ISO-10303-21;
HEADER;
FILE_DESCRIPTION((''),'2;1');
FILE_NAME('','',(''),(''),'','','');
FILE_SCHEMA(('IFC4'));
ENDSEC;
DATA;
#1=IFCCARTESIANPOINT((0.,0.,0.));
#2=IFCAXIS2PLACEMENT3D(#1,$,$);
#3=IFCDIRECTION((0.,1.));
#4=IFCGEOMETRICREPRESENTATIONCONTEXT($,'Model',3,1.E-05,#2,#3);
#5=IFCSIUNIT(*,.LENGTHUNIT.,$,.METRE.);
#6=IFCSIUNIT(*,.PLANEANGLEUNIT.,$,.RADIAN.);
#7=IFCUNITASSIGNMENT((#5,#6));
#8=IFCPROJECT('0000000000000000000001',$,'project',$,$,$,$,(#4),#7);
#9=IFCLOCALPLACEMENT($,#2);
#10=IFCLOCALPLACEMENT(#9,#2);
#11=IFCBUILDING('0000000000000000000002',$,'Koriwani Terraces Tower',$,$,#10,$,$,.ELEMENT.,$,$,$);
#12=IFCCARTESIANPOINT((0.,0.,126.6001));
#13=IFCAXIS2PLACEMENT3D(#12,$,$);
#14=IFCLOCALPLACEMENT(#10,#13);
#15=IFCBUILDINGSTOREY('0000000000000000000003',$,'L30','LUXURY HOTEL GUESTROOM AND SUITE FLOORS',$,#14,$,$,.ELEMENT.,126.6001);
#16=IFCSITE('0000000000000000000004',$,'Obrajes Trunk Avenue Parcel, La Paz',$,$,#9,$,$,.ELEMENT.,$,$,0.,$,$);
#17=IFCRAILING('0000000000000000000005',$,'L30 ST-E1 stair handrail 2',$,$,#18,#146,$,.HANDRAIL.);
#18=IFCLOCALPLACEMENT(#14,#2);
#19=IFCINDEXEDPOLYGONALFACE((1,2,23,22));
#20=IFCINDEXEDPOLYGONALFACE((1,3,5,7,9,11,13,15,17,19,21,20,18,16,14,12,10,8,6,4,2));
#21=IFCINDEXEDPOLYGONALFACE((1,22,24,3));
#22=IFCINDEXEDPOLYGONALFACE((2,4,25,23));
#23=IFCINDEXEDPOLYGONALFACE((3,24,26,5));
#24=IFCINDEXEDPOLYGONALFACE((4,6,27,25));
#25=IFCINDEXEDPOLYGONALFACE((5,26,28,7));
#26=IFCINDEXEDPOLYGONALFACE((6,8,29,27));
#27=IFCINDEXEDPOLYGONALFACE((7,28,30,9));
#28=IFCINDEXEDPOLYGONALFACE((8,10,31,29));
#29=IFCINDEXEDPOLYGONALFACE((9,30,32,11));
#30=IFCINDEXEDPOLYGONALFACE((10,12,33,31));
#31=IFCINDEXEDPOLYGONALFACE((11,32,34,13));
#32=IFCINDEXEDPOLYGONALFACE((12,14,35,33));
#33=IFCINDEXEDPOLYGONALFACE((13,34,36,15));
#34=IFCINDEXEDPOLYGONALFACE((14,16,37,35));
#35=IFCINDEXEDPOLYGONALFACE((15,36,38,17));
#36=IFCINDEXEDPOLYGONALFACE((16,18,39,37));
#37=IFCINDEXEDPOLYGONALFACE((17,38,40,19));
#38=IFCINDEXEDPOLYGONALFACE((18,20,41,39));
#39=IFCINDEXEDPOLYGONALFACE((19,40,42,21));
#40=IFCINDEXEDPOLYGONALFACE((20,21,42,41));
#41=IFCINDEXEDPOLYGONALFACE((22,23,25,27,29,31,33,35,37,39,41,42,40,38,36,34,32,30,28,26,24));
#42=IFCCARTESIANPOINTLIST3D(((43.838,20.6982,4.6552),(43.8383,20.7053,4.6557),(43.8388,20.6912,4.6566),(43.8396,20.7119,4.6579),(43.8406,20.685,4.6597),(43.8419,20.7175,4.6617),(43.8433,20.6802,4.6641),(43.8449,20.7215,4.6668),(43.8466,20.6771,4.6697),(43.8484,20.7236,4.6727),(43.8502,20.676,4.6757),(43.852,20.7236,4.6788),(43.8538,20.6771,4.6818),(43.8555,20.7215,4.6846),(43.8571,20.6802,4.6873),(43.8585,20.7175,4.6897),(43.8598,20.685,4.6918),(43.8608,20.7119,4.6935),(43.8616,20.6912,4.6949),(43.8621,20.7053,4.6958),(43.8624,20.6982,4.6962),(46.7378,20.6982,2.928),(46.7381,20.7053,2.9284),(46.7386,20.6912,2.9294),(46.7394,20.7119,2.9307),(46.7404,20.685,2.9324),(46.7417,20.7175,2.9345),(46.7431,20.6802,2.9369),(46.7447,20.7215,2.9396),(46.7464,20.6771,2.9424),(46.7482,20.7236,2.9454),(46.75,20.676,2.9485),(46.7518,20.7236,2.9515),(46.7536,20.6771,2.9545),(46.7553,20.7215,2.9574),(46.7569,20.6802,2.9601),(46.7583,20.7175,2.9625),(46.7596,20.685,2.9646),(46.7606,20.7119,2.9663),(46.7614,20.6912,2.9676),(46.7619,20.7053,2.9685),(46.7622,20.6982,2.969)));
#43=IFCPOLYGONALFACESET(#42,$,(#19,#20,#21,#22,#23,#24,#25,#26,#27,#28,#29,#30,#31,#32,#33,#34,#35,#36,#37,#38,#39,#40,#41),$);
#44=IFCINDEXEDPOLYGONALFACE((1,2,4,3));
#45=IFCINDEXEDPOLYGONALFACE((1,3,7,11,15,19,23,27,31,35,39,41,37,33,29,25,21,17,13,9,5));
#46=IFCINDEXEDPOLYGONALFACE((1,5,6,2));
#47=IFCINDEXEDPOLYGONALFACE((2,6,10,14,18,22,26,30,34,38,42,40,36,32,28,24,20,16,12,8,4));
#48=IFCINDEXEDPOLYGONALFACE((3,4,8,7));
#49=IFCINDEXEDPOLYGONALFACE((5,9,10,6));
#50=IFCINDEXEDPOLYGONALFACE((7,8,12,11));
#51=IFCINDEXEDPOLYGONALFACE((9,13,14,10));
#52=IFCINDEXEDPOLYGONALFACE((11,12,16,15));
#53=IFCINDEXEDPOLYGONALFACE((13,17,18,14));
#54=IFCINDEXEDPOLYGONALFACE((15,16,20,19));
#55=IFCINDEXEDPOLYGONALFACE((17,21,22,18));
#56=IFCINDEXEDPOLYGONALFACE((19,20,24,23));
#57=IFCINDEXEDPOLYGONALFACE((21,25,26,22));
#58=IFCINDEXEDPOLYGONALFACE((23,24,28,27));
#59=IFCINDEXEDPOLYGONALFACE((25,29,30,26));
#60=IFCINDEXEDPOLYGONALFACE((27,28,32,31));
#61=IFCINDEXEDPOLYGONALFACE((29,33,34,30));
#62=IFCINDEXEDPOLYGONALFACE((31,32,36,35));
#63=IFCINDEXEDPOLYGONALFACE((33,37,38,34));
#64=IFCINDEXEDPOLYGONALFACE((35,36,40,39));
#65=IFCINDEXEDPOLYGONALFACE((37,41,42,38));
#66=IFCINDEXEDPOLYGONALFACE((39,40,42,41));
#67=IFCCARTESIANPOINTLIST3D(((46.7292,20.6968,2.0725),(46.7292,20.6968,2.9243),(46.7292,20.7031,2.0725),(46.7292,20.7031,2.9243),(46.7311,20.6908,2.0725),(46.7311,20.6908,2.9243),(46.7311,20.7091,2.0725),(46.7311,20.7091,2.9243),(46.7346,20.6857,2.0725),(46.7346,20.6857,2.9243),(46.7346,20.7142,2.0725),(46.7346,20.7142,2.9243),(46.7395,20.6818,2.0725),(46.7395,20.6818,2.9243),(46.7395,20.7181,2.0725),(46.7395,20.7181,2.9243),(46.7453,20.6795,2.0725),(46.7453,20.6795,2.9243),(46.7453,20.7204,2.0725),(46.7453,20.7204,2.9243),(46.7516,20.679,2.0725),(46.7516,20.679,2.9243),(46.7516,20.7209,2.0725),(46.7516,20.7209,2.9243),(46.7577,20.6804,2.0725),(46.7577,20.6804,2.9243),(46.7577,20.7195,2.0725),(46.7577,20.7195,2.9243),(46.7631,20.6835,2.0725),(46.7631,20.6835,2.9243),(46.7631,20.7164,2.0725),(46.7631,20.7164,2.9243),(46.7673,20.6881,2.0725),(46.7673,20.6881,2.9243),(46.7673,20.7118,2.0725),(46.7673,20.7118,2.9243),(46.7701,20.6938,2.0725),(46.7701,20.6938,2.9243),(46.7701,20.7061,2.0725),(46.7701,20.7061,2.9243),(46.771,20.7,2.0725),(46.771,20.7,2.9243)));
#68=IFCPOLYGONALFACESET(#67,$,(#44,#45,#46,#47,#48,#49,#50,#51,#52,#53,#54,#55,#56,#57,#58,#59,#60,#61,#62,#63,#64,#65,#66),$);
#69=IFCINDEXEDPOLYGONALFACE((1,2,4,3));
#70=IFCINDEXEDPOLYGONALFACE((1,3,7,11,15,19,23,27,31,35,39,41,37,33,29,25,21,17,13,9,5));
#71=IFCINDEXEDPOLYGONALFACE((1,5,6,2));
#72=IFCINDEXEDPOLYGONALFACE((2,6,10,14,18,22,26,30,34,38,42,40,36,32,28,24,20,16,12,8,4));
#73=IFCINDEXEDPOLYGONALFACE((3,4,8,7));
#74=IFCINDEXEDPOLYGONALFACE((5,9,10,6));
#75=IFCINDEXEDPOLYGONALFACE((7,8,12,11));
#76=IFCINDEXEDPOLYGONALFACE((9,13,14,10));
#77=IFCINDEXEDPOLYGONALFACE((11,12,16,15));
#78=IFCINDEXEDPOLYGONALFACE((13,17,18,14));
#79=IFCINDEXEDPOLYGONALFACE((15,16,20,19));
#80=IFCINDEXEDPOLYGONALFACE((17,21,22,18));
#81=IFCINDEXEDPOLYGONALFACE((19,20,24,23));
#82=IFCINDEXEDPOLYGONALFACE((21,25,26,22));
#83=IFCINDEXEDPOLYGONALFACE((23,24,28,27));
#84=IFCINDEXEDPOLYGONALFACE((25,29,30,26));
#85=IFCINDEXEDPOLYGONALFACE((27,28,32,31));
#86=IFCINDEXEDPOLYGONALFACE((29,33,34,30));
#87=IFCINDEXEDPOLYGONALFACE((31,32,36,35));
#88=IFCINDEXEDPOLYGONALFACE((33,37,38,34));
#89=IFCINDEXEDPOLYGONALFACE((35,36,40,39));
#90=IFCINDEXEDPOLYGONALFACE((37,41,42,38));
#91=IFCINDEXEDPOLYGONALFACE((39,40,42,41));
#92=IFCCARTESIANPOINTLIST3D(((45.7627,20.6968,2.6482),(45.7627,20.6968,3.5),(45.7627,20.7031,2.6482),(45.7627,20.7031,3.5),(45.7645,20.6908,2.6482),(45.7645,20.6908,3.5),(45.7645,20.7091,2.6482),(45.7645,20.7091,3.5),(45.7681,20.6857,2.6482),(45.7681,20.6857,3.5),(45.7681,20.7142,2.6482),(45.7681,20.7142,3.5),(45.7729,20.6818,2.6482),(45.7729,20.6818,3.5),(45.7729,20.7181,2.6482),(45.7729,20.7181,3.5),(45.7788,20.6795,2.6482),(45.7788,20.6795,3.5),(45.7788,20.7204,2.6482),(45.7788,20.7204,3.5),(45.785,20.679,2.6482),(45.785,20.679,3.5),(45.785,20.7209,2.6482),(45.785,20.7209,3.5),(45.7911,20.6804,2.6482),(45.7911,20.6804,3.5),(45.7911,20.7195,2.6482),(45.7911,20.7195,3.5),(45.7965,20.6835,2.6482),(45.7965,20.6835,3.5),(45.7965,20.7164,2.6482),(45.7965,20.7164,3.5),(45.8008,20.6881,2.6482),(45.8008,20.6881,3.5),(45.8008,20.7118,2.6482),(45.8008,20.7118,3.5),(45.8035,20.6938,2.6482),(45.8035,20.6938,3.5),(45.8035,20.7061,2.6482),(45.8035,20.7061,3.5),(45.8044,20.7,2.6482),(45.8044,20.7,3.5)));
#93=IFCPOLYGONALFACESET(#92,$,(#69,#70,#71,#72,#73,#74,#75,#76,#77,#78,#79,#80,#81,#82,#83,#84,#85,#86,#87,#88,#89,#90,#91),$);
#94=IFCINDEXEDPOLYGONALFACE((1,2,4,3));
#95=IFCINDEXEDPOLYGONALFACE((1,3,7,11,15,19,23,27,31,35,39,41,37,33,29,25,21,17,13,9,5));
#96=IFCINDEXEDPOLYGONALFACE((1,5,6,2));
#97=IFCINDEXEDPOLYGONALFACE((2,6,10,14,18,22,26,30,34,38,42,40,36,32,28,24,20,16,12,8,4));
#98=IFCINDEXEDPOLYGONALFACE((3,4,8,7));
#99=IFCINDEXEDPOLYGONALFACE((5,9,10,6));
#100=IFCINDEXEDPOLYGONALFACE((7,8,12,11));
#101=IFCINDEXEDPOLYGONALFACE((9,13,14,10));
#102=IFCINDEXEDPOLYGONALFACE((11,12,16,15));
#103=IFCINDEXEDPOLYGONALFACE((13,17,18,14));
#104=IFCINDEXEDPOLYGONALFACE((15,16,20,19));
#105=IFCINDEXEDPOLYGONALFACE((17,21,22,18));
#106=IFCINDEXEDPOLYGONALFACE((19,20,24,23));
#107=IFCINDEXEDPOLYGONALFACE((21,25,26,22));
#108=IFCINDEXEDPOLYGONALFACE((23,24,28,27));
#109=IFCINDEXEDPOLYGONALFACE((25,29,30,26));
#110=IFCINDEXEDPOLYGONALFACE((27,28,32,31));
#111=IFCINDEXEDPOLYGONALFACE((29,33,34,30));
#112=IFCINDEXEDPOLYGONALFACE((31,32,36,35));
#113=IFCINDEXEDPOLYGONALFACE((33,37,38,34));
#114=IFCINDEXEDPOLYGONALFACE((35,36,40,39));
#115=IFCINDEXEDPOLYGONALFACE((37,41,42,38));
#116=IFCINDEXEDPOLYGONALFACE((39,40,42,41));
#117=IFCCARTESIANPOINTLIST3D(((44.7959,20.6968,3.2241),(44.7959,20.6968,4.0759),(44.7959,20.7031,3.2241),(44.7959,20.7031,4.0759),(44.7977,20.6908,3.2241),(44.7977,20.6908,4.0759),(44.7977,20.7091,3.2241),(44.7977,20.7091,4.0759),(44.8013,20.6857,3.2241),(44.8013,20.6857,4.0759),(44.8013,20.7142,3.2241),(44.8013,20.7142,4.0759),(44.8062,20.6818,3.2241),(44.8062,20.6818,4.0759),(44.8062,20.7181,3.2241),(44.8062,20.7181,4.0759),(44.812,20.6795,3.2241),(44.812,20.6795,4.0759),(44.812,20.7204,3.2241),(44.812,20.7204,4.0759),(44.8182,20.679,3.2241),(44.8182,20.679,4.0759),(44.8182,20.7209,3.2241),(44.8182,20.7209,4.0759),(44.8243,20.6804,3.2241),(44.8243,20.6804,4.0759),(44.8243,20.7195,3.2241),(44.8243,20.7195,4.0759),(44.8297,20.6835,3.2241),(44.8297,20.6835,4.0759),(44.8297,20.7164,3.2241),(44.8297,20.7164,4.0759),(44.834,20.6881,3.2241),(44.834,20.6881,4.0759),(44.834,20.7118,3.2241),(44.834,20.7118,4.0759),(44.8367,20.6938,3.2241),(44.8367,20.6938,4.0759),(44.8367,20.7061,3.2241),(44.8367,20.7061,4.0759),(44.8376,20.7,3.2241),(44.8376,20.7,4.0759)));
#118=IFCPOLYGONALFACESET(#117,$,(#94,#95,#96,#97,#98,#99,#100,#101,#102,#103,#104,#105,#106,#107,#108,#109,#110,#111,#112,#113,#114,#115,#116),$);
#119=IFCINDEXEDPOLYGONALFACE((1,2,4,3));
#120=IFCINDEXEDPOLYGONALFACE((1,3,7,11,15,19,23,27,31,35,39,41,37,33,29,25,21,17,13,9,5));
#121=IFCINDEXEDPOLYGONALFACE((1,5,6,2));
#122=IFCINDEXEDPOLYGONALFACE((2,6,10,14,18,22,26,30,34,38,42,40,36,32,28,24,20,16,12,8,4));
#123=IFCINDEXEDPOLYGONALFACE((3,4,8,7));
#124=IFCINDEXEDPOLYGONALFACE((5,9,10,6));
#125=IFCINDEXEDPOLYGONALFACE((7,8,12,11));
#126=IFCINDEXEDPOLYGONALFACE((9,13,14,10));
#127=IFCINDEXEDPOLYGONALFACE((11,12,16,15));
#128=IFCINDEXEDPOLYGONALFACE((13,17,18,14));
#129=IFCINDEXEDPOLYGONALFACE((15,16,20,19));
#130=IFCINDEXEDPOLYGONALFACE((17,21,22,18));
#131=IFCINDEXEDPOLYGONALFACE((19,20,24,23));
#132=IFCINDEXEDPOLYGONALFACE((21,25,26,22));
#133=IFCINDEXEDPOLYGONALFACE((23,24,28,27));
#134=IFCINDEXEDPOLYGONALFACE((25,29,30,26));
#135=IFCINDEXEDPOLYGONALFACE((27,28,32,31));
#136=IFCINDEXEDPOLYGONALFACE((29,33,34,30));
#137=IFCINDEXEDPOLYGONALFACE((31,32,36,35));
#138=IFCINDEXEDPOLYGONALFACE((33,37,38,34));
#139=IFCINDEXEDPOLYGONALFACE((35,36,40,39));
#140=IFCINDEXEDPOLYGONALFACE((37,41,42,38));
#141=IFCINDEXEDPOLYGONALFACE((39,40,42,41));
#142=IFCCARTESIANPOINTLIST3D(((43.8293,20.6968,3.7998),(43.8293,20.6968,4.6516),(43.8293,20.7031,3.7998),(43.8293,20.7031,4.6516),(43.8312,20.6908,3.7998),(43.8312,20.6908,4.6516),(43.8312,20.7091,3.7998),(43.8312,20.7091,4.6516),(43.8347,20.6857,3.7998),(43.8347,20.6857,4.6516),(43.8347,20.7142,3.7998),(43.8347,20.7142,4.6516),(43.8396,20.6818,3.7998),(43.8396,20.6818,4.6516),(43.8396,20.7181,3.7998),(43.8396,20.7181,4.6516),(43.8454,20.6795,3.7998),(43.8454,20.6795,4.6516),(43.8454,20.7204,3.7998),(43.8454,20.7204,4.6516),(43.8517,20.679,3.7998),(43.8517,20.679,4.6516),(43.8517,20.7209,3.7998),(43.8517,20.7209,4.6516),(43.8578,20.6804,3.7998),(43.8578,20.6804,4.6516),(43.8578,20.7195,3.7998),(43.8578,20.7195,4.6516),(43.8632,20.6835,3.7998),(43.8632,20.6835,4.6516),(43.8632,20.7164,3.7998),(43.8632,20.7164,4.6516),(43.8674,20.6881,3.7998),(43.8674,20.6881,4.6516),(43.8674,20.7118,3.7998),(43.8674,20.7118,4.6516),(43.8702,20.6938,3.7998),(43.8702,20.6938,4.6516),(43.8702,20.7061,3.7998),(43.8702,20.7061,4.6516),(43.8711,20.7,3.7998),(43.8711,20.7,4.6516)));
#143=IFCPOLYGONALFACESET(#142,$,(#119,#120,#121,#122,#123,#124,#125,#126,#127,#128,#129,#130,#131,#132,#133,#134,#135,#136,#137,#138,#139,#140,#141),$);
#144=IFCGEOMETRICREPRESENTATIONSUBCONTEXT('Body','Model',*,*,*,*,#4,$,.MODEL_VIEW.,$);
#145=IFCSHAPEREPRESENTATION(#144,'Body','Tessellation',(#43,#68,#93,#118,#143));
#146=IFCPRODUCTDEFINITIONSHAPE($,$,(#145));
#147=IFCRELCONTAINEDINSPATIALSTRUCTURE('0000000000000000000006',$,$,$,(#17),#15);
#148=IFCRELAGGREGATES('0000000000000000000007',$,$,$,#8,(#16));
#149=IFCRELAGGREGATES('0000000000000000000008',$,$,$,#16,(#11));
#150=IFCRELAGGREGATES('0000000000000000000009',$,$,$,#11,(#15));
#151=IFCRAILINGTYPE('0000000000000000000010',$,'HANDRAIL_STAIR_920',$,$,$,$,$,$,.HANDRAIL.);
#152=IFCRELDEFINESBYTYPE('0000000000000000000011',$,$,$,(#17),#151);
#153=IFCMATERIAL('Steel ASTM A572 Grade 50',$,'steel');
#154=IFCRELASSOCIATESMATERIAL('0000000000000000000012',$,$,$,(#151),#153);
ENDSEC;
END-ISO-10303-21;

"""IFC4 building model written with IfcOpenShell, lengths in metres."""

from ifc_helpers import new_model, si_unit, direction, frame, origin, origin_2d, place, context, subcontext, project, spatial, circle, extrude, material, type_object, element, save


model = new_model("IFC4")

# Units and contexts
model_context = context("Model", 3, precision=1e-05, world=origin(), true_north=direction((0.0, 1.0)))
body_context = subcontext(model_context, "Body", "Model", "MODEL_VIEW")
ifc_project = project(units=[si_unit("LENGTHUNIT", "METRE"), si_unit("PLANEANGLEUNIT", "RADIAN")], contexts=[model_context])

# Site, building, storey
site_placement = place(None, origin())
site = spatial("IfcSite", under=ifc_project, at=site_placement, Name="Obrajes Trunk Avenue Parcel, La Paz", CompositionType="ELEMENT", RefElevation=0.0)
building_placement = place(site_placement, origin())
building = spatial("IfcBuilding", under=site, at=building_placement, Name="Koriwani Terraces Tower", CompositionType="ELEMENT")
storey_placement = place(building_placement, frame((0.0, 0.0, 126.6001)))
storey = spatial("IfcBuildingStorey", under=building, at=storey_placement, Name="L30", Description="LUXURY HOTEL GUESTROOM AND SUITE FLOORS", CompositionType="ELEMENT", Elevation=126.6001)

# Shared definitions
ifc_material_1 = material(Name="Steel ASTM A572 Grade 50", Category="steel")

# Railing
railing_type_1 = type_object("IfcRailingType", Name="HANDRAIL_STAIR_920", PredefinedType="HANDRAIL", material=ifc_material_1)
railing_1_placement = place(storey_placement, frame((46.75, 20.7, 2.0725)))
element("IfcRailing", 1, at=railing_1_placement, inside=storey, type_object=railing_type_1, Name="L30 ST-E1 stair handrail 2", PredefinedType="HANDRAIL", context=body_context, shape_type="SweptSolid", body=[
    extrude(circle(Radius=0.0239, at=origin_2d()), frame((0.0, 0.0, 0.876), z_axis=(-0.859141, 0.0, 0.511738), x_axis=(0.0, -1.0, 0.0)), (0.0, 0.0, 1.0), 3.3752),
    extrude(circle(Radius=0.021, at=origin_2d()), origin(), (0.0, 0.0, 1.0), 0.8518),
    extrude(circle(Radius=0.021, at=origin_2d()), frame((-0.9666, 0.0, 0.5757)), (0.0, 0.0, 1.0), 0.8518),
    extrude(circle(Radius=0.021, at=origin_2d()), frame((-1.9333, 0.0, 1.1516)), (0.0, 0.0, 1.0), 0.8518),
    extrude(circle(Radius=0.021, at=origin_2d()), frame((-2.8999, 0.0, 1.7273)), (0.0, 0.0, 1.0), 0.8518),
])

save(model, "model.ifc")
